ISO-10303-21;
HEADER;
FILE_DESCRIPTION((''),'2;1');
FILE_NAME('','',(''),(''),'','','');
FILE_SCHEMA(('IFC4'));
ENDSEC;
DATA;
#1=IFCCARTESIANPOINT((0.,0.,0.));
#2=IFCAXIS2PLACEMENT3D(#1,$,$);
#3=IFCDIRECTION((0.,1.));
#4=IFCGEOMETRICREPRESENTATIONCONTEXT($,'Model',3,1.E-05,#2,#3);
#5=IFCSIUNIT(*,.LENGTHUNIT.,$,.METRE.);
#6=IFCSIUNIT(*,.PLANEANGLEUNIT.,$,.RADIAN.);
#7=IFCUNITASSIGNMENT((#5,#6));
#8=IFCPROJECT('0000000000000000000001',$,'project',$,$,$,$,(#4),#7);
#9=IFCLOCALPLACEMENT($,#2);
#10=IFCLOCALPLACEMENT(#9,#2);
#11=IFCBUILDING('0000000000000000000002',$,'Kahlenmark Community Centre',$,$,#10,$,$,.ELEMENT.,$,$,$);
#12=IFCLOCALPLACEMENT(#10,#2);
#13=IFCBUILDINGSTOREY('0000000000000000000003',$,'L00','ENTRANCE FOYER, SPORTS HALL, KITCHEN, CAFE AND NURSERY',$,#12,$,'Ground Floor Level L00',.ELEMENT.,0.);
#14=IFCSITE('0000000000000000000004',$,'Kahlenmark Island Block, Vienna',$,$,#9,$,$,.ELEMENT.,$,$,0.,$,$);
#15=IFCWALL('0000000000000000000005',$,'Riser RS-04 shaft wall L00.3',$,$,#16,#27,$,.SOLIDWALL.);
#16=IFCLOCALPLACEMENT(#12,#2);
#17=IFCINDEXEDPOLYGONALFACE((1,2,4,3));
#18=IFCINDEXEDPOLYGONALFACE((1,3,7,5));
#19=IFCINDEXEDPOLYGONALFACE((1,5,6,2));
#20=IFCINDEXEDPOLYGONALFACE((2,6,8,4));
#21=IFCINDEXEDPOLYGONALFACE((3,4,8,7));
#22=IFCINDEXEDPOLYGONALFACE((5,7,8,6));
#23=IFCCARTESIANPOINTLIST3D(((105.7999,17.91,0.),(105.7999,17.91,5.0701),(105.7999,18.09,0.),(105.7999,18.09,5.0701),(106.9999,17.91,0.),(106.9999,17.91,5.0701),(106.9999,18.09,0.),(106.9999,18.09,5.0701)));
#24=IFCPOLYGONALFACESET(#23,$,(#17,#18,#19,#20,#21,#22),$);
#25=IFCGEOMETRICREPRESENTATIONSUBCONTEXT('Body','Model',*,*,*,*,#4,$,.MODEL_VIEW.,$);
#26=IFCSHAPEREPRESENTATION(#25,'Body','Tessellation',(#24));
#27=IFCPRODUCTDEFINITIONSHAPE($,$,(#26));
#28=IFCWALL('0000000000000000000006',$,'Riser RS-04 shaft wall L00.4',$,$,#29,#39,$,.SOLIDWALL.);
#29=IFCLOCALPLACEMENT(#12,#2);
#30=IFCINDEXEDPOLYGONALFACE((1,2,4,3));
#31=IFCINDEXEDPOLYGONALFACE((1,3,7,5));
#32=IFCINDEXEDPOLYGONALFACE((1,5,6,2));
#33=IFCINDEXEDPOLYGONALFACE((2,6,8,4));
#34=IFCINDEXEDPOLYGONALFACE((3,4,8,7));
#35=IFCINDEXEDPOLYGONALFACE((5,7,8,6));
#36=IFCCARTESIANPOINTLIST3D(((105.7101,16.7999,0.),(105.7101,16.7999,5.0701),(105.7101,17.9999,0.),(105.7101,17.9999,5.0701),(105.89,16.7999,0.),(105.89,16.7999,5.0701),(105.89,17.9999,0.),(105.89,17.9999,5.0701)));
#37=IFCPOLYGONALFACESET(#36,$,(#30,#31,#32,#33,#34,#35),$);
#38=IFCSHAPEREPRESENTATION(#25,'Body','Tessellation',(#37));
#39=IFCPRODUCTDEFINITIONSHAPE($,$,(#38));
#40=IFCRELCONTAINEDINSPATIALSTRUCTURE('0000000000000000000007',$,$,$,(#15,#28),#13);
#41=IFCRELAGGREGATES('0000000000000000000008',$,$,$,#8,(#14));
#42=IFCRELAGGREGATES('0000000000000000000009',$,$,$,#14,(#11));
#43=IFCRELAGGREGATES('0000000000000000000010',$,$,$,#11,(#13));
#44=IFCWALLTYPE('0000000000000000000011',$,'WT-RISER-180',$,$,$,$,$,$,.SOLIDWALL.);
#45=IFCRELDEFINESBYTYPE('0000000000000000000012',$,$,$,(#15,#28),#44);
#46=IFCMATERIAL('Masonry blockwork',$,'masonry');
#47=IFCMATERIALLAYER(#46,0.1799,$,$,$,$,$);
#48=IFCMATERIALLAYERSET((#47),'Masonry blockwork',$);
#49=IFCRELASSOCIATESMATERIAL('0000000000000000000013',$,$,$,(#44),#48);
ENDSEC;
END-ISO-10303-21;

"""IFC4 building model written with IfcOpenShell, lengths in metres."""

from ifc_helpers import new_model, si_unit, direction, frame, frame_2d, origin, place, context, subcontext, project, spatial, rectangle, extrude, material, layer, layer_set, type_object, element, save


model = new_model("IFC4")

# Units and contexts
model_context = context("Model", 3, precision=1e-05, world=origin(), true_north=direction((0.0, 1.0)))
body_context = subcontext(model_context, "Body", "Model", "MODEL_VIEW")
ifc_project = project(units=[si_unit("LENGTHUNIT", "METRE"), si_unit("PLANEANGLEUNIT", "RADIAN")], contexts=[model_context])

# Site, building, storey
site_placement = place(None, origin())
site = spatial("IfcSite", under=ifc_project, at=site_placement, Name="Kahlenmark Island Block, Vienna", CompositionType="ELEMENT", RefElevation=0.0)
building_placement = place(site_placement, origin())
building = spatial("IfcBuilding", under=site, at=building_placement, Name="Kahlenmark Community Centre", CompositionType="ELEMENT")
storey_placement = place(building_placement, origin())
storey = spatial("IfcBuildingStorey", under=building, at=storey_placement, Name="L00", Description="ENTRANCE FOYER, SPORTS HALL, KITCHEN, CAFE AND NURSERY", LongName="Ground Floor Level L00", CompositionType="ELEMENT", Elevation=0.0)

# Shared definitions
ifc_material_1 = material(Name="Masonry blockwork", Category="masonry")
ifc_layer_1 = layer(ifc_material_1, 0.1799)
ifc_layer_set_1 = layer_set([ifc_layer_1], Name="Masonry blockwork")
wall_type_1 = type_object("IfcWallType", Name="WT-RISER-180", PredefinedType="SOLIDWALL", material=ifc_layer_set_1)

# Walls
for number, where, z_axis, x_axis, name in (
    (1, (107.0, 18.0, 0.0), (0.0, 0.0, 1.0), (-1.0, 0.0, 0.0), "Riser RS-04 shaft wall L00.3"),
    (2, (105.8, 18.0, 0.0), (0.0, 0.0, 1.0), (0.0, -1.0, 0.0), "Riser RS-04 shaft wall L00.4"),
):
    element("IfcWall", number, at=place(storey_placement, frame(where, z_axis=z_axis, x_axis=x_axis)), inside=storey, type_object=wall_type_1, Name=name, PredefinedType="SOLIDWALL", context=body_context, shape_type="SweptSolid", body=[
        extrude(rectangle(XDim=1.2, YDim=0.1799, at=frame_2d((0.6001, 0.0))), origin(), (0.0, 0.0, 1.0), 5.0701),
    ])

save(model, "model.ifc")
